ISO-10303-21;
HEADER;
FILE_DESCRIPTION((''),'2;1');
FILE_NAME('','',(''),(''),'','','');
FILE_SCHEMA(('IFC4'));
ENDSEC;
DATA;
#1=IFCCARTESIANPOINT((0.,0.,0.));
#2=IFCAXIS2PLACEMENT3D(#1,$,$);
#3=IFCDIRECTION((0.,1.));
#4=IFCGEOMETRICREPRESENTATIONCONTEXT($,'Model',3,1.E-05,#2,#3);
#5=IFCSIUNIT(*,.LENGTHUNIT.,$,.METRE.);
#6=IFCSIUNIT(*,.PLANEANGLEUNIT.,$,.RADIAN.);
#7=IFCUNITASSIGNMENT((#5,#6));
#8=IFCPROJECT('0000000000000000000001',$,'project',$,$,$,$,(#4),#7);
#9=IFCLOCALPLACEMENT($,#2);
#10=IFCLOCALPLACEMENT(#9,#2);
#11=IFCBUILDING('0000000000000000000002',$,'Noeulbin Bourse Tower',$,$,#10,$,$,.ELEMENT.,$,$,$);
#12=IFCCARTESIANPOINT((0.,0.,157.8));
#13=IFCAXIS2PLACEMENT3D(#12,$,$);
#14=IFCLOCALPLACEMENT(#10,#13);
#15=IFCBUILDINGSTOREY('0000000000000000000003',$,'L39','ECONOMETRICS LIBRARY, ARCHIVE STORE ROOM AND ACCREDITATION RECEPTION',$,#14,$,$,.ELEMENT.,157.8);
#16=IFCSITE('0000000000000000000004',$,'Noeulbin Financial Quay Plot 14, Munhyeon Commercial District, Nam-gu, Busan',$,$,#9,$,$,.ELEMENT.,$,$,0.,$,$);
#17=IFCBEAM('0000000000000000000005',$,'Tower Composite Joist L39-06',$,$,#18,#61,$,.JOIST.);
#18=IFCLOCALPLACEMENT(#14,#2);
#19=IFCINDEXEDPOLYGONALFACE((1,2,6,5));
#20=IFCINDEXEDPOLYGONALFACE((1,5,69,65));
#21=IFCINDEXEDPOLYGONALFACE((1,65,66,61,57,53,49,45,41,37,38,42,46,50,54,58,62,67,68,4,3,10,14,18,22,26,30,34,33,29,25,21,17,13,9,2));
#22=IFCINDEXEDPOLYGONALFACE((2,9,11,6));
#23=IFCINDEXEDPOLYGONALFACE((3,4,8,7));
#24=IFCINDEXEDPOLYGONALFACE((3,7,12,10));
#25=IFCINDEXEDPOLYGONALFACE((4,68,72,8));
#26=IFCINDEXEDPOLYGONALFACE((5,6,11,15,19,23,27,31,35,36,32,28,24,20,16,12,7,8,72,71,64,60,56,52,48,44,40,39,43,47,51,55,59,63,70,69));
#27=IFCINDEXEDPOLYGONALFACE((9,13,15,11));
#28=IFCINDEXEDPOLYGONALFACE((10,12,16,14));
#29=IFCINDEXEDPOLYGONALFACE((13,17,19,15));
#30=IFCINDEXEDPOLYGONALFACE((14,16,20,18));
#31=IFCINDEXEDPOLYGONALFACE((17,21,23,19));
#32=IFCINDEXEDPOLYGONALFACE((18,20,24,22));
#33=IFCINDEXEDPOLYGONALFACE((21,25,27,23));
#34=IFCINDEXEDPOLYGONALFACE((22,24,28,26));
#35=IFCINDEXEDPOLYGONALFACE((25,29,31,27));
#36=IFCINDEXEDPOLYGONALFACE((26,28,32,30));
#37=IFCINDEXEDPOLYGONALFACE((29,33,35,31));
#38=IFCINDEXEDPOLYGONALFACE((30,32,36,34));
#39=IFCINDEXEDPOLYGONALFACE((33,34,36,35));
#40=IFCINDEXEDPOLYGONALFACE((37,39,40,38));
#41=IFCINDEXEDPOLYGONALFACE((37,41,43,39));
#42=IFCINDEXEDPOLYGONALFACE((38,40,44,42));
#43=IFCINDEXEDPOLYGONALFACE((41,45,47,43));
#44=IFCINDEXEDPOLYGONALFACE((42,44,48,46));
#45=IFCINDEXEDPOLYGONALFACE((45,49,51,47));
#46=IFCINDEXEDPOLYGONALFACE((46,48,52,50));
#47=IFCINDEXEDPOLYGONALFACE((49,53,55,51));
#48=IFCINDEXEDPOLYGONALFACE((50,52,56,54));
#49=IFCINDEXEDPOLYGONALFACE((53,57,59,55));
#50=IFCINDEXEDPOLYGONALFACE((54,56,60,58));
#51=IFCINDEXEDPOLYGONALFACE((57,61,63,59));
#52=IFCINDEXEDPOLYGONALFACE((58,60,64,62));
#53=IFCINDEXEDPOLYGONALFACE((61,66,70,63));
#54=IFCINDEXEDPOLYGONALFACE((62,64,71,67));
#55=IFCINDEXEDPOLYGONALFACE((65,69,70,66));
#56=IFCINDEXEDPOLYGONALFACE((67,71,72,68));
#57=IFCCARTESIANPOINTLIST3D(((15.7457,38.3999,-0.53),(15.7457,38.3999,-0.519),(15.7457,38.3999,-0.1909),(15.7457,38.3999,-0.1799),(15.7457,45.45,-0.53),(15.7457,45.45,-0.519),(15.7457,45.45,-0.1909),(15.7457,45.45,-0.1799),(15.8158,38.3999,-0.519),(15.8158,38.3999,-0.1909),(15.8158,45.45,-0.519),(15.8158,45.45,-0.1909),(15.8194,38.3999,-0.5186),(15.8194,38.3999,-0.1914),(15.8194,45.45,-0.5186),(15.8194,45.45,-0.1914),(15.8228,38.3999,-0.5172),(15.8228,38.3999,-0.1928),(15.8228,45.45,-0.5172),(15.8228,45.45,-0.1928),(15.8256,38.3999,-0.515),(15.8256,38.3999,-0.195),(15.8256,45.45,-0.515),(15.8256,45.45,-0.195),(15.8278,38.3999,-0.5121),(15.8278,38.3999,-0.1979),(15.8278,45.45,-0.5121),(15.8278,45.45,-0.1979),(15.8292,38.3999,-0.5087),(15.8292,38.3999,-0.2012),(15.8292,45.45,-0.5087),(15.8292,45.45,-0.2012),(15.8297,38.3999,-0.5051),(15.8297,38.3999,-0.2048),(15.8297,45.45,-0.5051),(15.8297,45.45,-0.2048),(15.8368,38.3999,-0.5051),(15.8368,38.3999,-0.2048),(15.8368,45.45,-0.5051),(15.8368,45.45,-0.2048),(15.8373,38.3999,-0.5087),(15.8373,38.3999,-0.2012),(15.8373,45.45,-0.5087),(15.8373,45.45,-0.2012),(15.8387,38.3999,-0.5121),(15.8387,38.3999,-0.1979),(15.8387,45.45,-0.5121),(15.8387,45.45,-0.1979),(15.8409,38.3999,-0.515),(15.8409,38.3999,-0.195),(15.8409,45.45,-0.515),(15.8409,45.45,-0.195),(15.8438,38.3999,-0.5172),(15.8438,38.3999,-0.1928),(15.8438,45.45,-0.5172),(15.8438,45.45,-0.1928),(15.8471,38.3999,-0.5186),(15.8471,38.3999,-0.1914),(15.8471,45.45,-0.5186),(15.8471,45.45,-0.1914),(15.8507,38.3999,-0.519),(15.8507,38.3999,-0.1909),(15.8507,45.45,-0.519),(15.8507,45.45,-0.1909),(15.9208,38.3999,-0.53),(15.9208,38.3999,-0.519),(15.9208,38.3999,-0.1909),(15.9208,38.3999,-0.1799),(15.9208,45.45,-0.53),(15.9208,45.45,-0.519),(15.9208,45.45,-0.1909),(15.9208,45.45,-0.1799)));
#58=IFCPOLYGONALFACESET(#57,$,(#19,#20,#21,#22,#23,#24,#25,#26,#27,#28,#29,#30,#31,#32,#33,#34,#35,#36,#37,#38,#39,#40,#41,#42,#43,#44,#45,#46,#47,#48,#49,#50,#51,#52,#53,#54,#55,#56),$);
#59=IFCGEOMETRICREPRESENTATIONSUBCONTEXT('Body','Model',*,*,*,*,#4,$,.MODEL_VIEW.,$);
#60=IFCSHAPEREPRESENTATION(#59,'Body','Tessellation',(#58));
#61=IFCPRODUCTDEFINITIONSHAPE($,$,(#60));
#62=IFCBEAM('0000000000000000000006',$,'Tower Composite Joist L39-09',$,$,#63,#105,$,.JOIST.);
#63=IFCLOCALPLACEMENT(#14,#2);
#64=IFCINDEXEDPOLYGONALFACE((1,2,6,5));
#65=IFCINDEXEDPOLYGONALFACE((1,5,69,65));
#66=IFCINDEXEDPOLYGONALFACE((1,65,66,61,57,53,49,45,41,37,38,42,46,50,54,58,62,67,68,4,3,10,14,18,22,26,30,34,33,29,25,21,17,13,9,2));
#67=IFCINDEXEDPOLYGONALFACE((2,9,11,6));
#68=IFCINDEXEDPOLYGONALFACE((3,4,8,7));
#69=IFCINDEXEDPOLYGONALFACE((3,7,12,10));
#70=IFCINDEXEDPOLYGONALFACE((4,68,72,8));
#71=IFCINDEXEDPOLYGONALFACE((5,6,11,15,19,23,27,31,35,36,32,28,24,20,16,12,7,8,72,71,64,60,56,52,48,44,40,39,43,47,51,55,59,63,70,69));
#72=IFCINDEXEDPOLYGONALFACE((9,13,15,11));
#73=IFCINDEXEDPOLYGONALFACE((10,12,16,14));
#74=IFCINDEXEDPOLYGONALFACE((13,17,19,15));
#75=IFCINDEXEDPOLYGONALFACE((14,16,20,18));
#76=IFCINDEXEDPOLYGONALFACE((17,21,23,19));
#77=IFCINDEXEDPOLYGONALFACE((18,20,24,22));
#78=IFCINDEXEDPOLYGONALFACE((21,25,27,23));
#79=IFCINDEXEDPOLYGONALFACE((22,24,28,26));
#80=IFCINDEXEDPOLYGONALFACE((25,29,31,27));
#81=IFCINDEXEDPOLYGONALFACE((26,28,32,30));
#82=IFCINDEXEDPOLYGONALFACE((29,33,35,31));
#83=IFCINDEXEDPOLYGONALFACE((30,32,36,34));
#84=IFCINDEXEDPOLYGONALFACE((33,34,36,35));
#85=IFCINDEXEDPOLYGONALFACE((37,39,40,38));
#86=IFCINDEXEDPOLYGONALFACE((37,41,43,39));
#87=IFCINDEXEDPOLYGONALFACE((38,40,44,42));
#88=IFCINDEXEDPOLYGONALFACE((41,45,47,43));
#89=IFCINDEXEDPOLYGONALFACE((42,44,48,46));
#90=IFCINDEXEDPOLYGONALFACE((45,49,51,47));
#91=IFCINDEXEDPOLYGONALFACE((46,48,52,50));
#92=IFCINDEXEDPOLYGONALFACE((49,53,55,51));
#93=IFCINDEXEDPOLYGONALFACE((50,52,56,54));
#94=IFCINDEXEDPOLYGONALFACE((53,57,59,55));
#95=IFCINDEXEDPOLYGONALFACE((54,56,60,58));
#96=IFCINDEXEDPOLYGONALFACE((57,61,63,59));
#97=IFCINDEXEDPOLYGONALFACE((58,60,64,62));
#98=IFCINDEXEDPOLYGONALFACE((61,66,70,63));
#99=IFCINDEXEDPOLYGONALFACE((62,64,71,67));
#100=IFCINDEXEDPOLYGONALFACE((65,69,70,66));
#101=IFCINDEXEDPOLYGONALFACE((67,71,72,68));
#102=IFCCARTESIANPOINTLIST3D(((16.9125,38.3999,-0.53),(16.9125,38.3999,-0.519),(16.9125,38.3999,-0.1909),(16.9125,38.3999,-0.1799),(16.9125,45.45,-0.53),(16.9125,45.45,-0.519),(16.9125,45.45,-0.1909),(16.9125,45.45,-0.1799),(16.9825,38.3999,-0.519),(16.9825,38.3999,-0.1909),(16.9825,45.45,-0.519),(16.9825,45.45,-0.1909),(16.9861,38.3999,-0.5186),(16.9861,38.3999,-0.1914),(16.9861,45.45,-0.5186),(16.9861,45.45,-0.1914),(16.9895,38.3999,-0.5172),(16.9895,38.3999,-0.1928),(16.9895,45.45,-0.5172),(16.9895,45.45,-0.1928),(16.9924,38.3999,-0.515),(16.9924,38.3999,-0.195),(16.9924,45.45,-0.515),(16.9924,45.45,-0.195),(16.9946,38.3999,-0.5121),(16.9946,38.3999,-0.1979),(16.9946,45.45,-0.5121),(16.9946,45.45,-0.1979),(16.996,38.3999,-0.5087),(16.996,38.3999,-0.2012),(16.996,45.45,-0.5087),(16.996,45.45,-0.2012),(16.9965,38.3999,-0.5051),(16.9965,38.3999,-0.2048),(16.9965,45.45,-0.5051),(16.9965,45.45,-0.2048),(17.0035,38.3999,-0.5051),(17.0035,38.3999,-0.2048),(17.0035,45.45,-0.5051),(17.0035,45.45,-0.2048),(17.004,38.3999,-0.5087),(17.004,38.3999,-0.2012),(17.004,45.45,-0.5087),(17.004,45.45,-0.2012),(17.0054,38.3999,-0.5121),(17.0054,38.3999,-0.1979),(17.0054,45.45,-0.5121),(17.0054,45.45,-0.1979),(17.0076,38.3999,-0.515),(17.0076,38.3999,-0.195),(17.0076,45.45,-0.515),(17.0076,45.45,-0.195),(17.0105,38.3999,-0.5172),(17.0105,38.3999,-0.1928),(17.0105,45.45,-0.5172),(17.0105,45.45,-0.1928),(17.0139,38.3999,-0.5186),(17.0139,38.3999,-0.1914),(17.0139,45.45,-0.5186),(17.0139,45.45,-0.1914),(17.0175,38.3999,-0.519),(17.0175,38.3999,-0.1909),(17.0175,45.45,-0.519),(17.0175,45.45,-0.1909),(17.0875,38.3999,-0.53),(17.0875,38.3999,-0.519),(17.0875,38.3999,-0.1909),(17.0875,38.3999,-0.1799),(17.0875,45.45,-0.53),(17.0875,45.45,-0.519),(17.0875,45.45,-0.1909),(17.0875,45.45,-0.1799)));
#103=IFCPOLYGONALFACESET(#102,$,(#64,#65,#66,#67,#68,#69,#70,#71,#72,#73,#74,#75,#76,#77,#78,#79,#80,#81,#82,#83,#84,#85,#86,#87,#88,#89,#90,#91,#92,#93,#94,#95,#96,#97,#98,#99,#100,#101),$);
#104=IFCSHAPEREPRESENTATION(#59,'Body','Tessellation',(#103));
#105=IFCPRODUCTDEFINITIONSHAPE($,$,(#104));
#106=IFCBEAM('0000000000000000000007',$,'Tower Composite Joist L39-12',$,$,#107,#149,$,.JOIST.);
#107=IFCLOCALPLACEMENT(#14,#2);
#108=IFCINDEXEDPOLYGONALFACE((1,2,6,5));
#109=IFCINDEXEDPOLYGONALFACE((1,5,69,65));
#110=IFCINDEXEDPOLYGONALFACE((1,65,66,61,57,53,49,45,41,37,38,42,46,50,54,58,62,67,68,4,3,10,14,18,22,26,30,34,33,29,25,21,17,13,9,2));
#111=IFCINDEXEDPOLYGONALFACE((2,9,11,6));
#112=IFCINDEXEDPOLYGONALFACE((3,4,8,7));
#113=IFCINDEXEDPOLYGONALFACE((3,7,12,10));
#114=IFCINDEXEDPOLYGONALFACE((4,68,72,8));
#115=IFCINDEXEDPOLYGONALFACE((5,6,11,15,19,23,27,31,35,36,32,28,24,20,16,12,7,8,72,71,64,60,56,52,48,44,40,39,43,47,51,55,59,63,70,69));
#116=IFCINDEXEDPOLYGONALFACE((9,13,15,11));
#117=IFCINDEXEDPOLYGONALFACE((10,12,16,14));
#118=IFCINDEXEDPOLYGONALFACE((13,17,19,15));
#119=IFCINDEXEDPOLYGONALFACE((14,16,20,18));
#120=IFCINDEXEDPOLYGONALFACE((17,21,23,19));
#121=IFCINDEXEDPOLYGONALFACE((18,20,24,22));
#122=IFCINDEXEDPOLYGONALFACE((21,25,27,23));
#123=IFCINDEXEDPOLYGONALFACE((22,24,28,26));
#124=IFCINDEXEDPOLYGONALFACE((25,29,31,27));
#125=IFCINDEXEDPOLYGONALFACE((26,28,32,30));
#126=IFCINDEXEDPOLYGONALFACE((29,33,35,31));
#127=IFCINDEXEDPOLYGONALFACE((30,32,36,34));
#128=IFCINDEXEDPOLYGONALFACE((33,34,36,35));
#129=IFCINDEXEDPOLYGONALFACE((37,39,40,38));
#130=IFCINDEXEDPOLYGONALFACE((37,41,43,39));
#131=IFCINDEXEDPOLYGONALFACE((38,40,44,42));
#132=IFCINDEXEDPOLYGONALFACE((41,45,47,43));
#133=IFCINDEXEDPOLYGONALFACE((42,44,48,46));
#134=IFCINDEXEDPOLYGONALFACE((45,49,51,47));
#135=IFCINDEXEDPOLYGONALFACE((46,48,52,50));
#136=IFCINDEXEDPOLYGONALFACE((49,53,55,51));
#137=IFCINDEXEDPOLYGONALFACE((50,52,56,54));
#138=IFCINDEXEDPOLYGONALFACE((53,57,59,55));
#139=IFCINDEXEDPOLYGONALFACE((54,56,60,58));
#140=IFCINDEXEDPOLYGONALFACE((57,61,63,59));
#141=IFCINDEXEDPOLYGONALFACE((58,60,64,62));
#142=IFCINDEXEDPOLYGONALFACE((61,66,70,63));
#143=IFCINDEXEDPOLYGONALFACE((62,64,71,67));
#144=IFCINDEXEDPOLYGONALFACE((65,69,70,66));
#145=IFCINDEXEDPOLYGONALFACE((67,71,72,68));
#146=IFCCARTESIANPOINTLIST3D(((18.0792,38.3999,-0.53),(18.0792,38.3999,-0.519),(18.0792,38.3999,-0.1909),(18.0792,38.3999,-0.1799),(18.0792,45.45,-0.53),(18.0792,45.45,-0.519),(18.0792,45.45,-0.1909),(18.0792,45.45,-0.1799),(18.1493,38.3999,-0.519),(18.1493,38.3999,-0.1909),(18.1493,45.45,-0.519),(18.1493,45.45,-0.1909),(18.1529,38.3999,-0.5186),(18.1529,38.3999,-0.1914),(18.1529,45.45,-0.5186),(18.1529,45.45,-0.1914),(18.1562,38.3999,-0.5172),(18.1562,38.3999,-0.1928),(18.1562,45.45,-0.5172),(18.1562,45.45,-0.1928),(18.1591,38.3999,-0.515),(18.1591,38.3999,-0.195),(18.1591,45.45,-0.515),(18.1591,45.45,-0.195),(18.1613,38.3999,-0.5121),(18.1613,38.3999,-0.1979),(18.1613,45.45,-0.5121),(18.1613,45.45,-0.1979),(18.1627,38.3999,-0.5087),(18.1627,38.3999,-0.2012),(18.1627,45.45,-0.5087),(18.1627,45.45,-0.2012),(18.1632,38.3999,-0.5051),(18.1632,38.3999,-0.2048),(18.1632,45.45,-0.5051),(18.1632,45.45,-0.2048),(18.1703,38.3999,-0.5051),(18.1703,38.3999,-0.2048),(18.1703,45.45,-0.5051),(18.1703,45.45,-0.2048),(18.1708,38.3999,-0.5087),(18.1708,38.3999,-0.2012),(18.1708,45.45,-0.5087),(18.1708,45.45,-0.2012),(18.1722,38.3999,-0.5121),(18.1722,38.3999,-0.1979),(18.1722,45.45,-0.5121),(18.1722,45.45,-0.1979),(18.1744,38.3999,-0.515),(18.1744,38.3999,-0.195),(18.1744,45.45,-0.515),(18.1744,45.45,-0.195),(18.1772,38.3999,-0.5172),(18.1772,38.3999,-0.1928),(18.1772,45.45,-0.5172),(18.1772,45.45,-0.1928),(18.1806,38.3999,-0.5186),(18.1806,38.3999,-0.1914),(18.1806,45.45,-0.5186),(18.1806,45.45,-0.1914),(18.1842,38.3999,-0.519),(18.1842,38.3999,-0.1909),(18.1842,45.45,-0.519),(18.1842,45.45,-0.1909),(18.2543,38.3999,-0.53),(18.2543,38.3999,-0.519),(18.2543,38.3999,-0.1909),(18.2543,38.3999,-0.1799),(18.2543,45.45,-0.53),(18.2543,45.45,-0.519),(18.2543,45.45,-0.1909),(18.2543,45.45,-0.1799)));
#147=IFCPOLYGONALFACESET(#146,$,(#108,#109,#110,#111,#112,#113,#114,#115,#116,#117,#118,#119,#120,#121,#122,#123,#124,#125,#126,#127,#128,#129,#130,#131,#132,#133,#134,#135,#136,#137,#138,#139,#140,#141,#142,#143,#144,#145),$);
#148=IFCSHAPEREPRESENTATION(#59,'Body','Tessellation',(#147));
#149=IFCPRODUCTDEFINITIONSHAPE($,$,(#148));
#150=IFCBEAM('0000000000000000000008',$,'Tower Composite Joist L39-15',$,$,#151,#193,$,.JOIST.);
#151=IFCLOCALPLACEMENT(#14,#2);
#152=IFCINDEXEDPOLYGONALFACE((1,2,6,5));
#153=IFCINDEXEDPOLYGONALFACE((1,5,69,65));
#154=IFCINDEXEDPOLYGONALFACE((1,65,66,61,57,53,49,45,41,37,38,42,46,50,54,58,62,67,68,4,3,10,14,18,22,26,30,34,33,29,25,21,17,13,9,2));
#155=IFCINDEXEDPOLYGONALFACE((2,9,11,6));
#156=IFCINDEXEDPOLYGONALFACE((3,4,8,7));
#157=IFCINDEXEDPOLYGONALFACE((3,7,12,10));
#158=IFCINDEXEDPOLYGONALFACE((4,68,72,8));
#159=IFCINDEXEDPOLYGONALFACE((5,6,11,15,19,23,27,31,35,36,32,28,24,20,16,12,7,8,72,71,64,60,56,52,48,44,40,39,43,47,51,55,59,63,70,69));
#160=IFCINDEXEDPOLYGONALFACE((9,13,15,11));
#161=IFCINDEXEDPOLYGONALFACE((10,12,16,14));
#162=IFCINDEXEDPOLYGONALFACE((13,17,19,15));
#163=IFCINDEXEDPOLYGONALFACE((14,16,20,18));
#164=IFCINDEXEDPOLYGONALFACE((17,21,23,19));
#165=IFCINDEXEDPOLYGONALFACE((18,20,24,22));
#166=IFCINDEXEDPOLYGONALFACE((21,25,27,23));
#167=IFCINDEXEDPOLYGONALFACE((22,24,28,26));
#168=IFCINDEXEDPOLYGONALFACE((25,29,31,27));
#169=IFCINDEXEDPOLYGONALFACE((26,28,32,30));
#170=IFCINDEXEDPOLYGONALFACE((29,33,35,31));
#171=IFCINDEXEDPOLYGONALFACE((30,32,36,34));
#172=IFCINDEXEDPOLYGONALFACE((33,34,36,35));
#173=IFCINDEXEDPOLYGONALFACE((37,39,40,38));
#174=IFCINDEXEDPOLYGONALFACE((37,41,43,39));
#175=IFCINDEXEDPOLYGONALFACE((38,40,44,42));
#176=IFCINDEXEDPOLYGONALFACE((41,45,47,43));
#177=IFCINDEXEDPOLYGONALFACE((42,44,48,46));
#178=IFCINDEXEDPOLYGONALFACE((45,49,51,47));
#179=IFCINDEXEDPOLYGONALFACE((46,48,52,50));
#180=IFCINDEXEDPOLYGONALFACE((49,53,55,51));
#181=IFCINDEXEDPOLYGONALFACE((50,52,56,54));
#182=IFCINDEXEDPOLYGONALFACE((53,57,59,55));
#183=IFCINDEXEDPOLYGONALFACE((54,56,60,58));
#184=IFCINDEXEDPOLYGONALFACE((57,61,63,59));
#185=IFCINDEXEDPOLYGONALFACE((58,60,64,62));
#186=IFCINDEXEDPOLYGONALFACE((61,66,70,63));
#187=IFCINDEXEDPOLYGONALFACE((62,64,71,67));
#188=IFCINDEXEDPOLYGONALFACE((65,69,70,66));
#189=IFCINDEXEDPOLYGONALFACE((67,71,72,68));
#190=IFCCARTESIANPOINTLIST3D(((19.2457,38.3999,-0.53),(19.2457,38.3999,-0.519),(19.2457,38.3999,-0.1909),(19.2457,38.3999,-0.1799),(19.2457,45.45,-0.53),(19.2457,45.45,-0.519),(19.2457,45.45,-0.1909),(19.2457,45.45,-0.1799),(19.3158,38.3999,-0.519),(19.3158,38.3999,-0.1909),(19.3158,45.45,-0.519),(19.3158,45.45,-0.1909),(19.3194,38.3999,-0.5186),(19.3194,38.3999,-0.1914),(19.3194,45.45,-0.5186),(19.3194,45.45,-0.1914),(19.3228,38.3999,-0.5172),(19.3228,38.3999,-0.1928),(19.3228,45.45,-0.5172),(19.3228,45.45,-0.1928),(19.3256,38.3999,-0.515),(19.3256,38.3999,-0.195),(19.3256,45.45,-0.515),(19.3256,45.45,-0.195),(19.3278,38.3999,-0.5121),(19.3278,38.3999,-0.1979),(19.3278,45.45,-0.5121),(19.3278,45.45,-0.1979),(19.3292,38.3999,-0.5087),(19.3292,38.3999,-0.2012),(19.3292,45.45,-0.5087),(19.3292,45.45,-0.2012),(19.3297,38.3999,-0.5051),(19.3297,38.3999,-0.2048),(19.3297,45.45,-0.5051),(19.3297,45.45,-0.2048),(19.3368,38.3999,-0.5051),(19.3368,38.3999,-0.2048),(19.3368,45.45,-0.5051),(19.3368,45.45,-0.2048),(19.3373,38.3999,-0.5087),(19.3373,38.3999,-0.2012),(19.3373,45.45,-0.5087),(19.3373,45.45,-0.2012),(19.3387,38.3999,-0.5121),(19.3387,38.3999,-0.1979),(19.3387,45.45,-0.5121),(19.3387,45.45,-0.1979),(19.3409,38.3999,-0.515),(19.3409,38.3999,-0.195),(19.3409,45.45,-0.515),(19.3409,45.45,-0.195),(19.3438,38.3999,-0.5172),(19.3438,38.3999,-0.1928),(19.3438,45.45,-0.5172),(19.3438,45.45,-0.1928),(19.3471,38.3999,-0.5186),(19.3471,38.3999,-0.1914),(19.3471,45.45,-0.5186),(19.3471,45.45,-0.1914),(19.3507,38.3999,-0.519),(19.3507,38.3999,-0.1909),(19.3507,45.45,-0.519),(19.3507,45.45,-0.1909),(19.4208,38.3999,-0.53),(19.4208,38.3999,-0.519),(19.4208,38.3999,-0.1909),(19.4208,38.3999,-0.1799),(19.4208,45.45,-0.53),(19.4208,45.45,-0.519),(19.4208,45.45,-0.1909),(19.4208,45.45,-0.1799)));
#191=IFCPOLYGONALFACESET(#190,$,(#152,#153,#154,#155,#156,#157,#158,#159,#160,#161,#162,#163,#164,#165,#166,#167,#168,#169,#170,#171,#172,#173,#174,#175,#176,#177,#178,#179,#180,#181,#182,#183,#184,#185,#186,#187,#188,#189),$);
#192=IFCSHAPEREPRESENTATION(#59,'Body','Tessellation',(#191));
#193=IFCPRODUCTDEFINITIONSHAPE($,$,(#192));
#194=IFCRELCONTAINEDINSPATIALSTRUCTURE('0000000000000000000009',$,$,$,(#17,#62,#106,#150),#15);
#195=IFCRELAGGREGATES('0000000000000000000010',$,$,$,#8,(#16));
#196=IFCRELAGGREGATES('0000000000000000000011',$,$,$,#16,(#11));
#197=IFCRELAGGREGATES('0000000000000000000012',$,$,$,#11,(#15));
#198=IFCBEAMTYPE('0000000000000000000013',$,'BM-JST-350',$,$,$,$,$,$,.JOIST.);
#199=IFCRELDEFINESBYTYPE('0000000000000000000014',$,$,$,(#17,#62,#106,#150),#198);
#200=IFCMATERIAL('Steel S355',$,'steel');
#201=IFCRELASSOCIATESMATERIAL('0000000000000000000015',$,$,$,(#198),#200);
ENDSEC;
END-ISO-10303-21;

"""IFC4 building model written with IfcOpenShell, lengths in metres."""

from ifc_helpers import new_model, si_unit, direction, frame, origin, origin_2d, place, context, subcontext, project, spatial, i_section, extrude, material, material_profile, profile_set, type_object, element, save


model = new_model("IFC4")

# Units and contexts
model_context = context("Model", 3, precision=1e-05, world=origin(), true_north=direction((0.0, 1.0)))
body_context = subcontext(model_context, "Body", "Model", "MODEL_VIEW")
ifc_project = project(units=[si_unit("LENGTHUNIT", "METRE"), si_unit("PLANEANGLEUNIT", "RADIAN")], contexts=[model_context])

# Site, building, storey
site_placement = place(None, origin())
site = spatial("IfcSite", under=ifc_project, at=site_placement, Name="Noeulbin Financial Quay Plot 14, Munhyeon Commercial District, Nam-gu, Busan", CompositionType="ELEMENT", RefElevation=0.0)
building_placement = place(site_placement, origin())
building = spatial("IfcBuilding", under=site, at=building_placement, Name="Noeulbin Bourse Tower", CompositionType="ELEMENT")
storey_placement = place(building_placement, frame((0.0, 0.0, 157.8)))
storey = spatial("IfcBuildingStorey", under=building, at=storey_placement, Name="L39", Description="ECONOMETRICS LIBRARY, ARCHIVE STORE ROOM AND ACCREDITATION RECEPTION", CompositionType="ELEMENT", Elevation=157.8)

# Shared definitions
ifc_material_1 = material(Name="Steel S355", Category="steel")

# Beams
ifc_material_profile_1 = material_profile(ifc_material_1, i_section(OverallWidth=0.175, OverallDepth=0.3501, WebThickness=0.0071, FlangeThickness=0.011, FilletRadius=0.0139, at=origin_2d()), Name="H-350x175x7x11", Category="LoadBearing")
ifc_profile_set_1 = profile_set([ifc_material_profile_1], Name="Steel S355")
beam_type_1 = type_object("IfcBeamType", Name="BM-JST-350", PredefinedType="JOIST", material=ifc_profile_set_1)
for number, where, z_axis, x_axis, name in (
    (1, (15.8333, 38.3999, -0.355), (0.0, 1.0, 0.0), (-1.0, 0.0, 0.0), "Tower Composite Joist L39-06"),
    (2, (17.0, 38.3999, -0.355), (0.0, 1.0, 0.0), (-1.0, 0.0, 0.0), "Tower Composite Joist L39-09"),
    (3, (18.1667, 38.3999, -0.355), (0.0, 1.0, 0.0), (-1.0, 0.0, 0.0), "Tower Composite Joist L39-12"),
    (4, (19.3333, 38.3999, -0.355), (0.0, 1.0, 0.0), (-1.0, 0.0, 0.0), "Tower Composite Joist L39-15"),
):
    element("IfcBeam", number, at=place(storey_placement, frame(where, z_axis=z_axis, x_axis=x_axis)), inside=storey, type_object=beam_type_1, Name=name, PredefinedType="JOIST", context=body_context, shape_type="SweptSolid", body=[
        extrude(i_section(OverallWidth=0.175, OverallDepth=0.3501, WebThickness=0.0071, FlangeThickness=0.011, FilletRadius=0.0139, at=origin_2d()), origin(), (0.0, 0.0, 1.0), 7.05),
    ])

save(model, "model.ifc")
